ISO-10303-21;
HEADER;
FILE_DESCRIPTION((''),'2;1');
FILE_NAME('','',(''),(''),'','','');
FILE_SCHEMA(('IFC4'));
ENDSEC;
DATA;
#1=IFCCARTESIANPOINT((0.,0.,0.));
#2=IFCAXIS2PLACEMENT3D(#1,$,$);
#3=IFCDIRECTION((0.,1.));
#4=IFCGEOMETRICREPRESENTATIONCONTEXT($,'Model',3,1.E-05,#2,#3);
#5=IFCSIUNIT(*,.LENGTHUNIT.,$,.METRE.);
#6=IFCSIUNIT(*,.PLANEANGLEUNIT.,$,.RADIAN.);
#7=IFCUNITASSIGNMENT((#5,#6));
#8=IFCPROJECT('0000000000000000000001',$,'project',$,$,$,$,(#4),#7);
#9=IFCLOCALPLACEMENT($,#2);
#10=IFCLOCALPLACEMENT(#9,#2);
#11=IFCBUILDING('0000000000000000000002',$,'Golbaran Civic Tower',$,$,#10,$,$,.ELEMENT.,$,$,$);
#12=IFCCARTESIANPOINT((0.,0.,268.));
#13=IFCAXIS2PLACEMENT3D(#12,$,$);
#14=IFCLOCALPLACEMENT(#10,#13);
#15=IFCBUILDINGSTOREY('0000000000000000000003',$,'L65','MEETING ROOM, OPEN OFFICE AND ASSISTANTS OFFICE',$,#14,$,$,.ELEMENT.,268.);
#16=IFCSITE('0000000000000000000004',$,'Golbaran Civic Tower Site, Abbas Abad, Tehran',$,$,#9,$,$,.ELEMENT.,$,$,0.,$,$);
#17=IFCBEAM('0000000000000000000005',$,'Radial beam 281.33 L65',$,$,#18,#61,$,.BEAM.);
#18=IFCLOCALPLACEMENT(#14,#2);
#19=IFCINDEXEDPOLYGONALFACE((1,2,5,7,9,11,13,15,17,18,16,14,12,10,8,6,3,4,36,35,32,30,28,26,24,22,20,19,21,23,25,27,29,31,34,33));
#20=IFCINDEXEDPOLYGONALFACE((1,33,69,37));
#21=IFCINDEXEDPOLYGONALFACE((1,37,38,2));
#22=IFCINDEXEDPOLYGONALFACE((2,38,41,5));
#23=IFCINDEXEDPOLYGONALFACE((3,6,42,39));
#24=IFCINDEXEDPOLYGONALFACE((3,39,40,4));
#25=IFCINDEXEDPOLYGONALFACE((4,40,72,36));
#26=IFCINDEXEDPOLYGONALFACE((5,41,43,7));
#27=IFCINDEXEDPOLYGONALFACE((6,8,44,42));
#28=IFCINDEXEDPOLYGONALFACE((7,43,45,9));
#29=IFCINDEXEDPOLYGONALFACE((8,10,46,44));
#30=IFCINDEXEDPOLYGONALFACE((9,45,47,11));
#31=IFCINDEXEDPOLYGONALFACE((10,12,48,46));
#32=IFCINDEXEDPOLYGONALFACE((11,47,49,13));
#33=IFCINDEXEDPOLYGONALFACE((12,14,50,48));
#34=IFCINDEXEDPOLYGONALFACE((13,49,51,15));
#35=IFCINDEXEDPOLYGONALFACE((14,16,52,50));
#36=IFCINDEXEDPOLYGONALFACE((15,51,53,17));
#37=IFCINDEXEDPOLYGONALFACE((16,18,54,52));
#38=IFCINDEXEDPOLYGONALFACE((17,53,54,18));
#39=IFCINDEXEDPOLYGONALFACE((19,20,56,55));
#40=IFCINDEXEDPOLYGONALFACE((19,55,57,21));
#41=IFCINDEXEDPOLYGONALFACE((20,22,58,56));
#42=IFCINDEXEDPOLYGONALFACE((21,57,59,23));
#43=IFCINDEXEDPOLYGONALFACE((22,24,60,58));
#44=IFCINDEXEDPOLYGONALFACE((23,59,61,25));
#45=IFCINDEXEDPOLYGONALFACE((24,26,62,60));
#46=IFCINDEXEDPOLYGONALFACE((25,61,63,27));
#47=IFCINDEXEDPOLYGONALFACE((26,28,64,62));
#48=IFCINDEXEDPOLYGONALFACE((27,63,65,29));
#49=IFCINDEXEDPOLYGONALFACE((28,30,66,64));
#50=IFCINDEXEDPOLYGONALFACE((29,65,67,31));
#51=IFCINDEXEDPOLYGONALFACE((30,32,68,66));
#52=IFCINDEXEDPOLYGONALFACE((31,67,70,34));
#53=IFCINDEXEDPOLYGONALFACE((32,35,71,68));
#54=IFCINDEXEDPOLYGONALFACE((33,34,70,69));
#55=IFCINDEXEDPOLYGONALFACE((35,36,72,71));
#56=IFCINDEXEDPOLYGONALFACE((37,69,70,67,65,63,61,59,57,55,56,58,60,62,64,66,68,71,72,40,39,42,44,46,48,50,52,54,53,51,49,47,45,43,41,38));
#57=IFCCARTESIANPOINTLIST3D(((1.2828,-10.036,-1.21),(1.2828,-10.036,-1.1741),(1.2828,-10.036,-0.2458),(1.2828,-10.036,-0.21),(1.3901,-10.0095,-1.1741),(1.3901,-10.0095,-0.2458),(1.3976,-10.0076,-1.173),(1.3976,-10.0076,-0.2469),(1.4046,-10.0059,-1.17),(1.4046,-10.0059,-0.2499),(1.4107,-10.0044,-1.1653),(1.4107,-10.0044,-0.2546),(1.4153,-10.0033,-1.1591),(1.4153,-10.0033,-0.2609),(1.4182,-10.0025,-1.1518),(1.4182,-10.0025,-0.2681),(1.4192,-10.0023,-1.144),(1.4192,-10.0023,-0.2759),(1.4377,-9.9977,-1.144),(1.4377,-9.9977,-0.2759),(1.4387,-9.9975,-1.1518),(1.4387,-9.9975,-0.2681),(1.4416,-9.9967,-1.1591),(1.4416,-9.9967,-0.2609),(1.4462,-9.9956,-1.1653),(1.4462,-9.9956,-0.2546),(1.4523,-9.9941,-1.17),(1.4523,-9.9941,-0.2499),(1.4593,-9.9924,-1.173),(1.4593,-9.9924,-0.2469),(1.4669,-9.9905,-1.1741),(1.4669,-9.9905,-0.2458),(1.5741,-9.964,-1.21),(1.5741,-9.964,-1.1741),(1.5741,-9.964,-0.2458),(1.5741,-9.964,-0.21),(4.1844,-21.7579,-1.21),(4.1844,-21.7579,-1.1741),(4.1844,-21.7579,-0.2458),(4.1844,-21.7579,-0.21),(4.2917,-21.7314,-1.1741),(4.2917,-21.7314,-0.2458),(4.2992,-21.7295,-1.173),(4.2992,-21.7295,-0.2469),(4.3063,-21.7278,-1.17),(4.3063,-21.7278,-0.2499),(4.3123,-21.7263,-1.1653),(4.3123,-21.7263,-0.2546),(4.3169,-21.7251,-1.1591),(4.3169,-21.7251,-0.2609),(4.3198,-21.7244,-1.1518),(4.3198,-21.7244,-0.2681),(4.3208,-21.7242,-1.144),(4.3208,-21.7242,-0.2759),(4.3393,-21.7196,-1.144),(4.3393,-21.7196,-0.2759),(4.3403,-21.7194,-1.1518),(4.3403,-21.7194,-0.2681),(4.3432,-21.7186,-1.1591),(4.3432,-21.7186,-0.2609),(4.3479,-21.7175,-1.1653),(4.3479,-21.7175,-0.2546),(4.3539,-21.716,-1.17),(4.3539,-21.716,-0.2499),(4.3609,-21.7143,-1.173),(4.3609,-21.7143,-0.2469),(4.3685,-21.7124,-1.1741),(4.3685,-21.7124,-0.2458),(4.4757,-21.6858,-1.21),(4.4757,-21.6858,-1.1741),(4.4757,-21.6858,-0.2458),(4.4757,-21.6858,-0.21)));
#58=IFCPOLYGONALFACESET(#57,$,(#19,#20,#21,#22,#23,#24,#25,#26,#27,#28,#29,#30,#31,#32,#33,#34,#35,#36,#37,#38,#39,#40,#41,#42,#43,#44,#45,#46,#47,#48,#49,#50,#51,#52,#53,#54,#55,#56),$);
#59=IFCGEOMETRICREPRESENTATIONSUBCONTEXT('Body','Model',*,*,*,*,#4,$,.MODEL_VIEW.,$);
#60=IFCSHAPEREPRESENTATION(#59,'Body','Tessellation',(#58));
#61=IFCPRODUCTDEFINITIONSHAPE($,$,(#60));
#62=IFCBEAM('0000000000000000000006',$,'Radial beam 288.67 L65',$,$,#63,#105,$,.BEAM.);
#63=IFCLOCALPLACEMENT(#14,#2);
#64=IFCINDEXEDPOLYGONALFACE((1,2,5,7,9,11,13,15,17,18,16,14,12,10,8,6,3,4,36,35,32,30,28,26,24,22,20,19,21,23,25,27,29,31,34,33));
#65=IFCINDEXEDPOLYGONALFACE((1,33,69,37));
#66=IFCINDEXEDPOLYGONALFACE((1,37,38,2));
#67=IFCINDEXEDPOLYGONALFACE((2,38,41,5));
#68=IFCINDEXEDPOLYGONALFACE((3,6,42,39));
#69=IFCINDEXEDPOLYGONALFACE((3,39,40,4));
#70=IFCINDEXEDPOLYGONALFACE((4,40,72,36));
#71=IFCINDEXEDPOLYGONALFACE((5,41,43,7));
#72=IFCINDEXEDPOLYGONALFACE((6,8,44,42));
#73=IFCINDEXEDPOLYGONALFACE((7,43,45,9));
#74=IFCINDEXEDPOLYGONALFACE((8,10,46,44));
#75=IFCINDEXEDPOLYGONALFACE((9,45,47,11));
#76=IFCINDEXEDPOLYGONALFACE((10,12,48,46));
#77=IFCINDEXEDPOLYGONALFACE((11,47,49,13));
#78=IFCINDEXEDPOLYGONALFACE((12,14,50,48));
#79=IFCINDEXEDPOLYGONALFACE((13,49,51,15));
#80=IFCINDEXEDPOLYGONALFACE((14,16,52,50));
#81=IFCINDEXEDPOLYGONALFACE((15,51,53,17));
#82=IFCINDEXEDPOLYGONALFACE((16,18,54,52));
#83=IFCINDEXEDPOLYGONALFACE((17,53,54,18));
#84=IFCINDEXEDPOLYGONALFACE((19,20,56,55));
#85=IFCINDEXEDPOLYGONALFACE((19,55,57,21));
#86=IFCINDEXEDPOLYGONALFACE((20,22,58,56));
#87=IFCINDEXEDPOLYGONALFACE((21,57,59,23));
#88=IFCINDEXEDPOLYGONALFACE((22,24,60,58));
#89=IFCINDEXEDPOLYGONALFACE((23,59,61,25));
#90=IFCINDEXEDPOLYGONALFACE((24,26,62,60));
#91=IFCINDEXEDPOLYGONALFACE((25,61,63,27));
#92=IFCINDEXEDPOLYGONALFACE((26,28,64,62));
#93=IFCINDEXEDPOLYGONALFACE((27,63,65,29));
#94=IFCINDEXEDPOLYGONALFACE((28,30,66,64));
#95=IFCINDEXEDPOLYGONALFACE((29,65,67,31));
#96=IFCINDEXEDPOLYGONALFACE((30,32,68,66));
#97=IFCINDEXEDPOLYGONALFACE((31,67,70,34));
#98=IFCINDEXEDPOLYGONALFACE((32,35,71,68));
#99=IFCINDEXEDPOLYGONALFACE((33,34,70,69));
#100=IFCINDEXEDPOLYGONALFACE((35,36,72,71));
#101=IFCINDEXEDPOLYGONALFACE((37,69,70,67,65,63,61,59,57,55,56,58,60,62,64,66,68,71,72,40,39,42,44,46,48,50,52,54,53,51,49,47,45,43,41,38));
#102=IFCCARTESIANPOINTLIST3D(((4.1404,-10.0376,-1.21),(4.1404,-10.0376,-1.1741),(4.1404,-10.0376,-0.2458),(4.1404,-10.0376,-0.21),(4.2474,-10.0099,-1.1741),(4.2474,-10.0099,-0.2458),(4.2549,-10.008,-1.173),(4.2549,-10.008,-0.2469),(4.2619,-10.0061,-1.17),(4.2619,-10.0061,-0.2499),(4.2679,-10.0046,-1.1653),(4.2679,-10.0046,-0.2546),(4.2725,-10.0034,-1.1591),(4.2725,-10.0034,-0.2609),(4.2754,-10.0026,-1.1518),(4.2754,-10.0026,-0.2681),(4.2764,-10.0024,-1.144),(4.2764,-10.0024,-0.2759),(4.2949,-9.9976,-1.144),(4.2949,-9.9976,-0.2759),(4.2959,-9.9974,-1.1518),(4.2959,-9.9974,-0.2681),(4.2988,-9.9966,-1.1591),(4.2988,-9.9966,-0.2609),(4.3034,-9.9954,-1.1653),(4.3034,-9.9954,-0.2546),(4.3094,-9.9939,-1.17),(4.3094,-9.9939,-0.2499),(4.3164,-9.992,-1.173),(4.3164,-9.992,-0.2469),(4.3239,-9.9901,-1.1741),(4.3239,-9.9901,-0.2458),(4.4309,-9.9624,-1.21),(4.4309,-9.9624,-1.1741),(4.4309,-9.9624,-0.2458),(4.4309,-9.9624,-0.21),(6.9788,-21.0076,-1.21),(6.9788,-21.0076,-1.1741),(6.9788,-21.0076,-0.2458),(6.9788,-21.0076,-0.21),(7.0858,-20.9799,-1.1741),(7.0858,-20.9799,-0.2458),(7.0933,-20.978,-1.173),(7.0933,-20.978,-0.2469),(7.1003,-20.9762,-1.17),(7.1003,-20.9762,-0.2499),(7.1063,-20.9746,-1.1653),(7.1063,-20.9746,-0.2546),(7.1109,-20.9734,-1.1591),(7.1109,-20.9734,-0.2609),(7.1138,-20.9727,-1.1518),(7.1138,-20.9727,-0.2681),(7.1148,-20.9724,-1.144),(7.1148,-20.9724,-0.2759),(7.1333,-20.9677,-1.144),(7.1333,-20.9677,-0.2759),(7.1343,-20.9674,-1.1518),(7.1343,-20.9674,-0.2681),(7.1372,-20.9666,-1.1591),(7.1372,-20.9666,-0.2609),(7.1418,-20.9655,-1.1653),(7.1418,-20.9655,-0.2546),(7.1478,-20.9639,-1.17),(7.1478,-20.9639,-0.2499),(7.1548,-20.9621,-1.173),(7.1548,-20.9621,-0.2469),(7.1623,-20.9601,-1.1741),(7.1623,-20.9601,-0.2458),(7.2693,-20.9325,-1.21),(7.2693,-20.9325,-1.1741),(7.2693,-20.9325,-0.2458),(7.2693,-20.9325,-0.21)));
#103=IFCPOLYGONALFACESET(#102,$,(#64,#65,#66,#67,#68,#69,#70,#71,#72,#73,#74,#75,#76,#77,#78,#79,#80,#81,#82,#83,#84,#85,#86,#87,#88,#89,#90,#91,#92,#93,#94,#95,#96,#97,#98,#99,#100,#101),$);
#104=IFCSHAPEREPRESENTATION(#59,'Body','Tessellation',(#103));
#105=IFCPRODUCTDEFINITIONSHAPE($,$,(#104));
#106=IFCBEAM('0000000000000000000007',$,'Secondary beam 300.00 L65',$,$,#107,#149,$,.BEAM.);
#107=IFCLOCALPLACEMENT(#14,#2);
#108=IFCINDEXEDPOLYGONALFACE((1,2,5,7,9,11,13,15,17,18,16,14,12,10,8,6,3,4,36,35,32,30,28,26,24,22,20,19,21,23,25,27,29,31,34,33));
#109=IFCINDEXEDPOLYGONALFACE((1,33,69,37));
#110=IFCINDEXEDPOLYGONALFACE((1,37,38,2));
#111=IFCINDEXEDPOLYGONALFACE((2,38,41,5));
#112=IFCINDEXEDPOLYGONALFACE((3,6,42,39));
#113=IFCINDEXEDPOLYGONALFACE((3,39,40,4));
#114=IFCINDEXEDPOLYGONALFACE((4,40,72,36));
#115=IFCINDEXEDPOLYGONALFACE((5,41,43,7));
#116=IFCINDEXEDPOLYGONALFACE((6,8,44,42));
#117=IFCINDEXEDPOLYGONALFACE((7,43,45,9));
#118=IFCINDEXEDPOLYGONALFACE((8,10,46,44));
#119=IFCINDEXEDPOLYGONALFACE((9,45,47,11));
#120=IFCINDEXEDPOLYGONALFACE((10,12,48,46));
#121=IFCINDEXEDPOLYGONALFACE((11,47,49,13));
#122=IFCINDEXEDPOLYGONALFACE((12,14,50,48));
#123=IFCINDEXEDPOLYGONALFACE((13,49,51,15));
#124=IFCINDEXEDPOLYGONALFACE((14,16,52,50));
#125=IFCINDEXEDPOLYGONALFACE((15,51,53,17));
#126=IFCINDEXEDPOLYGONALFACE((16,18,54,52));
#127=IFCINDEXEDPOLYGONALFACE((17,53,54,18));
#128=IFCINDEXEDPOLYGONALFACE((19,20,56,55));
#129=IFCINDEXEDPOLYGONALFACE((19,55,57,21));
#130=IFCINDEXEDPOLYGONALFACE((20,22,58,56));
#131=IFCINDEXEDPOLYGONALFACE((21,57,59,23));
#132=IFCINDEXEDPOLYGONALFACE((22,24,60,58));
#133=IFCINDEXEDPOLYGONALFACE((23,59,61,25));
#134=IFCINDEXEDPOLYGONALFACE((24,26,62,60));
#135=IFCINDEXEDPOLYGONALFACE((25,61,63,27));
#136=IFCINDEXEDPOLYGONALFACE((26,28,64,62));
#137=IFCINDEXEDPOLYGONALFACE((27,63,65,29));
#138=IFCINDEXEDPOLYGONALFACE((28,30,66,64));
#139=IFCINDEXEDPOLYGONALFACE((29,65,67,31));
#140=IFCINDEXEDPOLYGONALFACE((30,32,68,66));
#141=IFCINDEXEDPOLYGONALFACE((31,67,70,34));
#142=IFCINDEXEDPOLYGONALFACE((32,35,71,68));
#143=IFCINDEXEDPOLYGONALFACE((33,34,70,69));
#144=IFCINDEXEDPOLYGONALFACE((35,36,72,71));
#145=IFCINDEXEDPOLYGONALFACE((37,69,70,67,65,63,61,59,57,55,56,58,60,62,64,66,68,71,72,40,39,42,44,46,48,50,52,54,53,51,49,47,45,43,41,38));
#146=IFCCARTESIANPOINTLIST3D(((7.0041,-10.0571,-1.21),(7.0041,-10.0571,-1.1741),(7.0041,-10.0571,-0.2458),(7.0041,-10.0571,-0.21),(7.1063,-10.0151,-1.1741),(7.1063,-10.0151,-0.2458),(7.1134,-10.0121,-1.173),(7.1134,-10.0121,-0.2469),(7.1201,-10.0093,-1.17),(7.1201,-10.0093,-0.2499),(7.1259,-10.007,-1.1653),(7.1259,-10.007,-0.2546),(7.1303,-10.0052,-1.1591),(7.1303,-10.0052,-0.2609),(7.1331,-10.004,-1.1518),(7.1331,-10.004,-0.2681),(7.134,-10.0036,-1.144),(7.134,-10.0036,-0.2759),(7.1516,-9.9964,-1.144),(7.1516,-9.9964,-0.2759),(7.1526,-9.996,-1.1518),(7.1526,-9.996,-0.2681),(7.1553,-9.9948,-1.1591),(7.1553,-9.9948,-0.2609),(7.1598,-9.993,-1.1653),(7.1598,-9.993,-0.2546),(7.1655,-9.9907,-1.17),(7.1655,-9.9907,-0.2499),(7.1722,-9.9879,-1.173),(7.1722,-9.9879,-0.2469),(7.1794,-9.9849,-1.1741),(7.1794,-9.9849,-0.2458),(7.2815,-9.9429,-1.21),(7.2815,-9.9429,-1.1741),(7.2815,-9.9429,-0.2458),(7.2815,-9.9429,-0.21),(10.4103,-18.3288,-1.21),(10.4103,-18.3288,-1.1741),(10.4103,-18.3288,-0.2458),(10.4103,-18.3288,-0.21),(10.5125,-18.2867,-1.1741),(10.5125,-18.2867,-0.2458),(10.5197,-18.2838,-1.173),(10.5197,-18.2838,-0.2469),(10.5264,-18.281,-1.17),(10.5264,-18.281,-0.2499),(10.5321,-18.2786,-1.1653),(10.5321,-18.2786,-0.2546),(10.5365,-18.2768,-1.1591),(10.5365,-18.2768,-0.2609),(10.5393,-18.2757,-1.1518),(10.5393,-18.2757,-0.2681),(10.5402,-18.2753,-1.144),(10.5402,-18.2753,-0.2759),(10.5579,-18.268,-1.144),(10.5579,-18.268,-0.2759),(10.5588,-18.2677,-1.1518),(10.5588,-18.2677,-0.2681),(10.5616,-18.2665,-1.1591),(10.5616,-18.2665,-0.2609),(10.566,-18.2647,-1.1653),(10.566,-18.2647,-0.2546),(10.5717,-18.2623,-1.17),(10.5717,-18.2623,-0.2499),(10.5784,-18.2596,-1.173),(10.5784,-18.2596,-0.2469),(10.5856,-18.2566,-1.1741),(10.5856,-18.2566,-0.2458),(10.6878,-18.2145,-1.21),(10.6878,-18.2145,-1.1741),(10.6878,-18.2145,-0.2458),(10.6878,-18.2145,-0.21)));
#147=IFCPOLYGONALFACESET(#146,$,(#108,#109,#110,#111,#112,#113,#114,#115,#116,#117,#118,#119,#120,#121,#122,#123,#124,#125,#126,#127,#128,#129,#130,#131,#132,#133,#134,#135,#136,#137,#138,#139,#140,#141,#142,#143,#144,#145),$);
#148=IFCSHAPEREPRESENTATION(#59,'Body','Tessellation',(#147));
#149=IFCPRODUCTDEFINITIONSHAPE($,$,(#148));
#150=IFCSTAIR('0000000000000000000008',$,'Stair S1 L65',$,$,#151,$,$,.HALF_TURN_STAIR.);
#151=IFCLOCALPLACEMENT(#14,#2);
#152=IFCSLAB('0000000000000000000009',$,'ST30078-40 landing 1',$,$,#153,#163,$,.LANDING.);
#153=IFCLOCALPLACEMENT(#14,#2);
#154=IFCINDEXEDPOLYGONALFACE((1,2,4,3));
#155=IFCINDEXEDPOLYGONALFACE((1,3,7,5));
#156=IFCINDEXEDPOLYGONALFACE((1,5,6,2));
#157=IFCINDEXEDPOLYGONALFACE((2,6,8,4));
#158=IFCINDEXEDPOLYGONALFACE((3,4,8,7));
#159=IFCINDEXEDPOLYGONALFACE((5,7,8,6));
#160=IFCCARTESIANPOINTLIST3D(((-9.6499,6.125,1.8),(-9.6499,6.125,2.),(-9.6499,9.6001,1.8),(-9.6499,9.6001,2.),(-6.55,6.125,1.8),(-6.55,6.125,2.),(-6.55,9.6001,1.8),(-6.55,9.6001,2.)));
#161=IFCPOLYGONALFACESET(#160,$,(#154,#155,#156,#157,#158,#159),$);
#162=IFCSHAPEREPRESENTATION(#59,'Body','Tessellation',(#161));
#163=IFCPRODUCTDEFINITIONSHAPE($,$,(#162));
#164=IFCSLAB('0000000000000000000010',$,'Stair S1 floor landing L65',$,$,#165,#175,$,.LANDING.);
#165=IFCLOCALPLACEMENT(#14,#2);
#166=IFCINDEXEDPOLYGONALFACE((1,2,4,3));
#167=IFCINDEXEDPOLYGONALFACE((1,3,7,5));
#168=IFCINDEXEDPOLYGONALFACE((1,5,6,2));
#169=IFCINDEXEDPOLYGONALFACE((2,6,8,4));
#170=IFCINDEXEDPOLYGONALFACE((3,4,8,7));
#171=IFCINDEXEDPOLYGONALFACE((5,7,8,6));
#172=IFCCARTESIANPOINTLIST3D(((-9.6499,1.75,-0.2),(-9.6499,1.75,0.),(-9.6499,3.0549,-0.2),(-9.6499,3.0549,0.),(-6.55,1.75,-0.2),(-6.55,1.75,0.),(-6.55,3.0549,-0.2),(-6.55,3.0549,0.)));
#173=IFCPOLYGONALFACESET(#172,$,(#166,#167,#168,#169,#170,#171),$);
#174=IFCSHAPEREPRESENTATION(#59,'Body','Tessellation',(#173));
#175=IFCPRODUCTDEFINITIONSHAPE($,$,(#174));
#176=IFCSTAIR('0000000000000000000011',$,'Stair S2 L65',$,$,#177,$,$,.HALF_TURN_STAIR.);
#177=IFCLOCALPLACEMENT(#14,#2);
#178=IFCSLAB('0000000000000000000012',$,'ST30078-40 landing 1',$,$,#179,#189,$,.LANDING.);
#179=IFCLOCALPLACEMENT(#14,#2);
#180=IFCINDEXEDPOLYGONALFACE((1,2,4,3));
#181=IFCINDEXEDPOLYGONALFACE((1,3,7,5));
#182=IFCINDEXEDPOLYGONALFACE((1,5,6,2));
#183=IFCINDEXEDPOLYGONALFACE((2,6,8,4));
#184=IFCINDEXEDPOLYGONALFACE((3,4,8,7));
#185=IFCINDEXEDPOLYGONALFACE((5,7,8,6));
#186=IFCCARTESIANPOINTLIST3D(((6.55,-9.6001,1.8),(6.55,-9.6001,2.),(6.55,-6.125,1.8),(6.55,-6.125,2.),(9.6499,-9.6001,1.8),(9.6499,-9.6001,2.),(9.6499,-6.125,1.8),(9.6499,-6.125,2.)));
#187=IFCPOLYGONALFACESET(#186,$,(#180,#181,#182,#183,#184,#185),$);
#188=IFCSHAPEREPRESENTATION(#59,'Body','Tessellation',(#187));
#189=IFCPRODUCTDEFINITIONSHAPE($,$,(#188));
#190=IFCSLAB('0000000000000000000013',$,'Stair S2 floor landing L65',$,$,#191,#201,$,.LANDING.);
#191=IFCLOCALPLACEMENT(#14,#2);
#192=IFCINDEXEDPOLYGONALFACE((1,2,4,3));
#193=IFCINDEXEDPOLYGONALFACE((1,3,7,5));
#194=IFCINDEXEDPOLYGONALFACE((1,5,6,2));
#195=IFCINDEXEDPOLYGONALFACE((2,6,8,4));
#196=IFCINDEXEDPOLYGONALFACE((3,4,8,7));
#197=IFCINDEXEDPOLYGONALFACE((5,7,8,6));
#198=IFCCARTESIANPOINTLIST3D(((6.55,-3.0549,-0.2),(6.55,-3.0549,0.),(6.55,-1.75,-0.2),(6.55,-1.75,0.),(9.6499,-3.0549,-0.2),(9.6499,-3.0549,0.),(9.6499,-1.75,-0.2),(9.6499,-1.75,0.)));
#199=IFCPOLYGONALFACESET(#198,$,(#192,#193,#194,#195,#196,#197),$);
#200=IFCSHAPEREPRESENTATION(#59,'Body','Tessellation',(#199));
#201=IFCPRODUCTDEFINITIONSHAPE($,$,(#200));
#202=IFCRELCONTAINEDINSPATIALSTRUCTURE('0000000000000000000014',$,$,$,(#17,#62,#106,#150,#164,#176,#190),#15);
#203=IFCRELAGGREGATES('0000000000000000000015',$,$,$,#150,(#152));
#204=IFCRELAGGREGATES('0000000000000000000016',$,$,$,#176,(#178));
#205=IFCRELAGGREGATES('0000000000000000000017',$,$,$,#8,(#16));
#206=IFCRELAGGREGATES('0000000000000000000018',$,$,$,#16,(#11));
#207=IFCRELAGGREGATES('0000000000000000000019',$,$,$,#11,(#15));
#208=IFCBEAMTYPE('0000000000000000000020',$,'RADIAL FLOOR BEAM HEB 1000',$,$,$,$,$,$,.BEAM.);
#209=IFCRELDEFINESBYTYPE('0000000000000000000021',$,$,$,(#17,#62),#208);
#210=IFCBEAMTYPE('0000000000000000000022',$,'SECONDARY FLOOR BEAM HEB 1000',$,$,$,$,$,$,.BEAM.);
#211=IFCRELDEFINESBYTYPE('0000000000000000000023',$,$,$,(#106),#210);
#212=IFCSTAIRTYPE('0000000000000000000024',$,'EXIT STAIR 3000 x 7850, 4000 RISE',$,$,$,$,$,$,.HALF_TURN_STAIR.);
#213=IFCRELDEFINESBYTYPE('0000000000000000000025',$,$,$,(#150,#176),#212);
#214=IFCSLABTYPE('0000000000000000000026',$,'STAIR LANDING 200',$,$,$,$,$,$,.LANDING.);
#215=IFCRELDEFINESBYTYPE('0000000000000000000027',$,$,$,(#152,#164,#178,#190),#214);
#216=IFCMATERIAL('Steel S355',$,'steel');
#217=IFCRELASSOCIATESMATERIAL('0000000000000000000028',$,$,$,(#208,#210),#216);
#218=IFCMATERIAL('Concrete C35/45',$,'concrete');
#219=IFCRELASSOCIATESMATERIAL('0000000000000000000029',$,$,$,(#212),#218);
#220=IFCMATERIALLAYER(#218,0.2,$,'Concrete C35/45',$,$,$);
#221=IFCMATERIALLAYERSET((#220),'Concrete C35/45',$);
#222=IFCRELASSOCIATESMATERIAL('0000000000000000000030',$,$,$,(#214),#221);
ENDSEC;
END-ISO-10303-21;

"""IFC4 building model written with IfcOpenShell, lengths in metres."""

from ifc_helpers import new_model, si_unit, direction, frame, origin, origin_2d, place, context, subcontext, project, spatial, polyline, i_section, outline, extrude, material, layer, layer_set, material_profile, profile_set, type_object, element, aggregate, save


model = new_model("IFC4")

# Units and contexts
model_context = context("Model", 3, precision=1e-05, world=origin(), true_north=direction((0.0, 1.0)))
body_context = subcontext(model_context, "Body", "Model", "MODEL_VIEW")
ifc_project = project(units=[si_unit("LENGTHUNIT", "METRE"), si_unit("PLANEANGLEUNIT", "RADIAN")], contexts=[model_context])

# Site, building, storey
site_placement = place(None, origin())
site = spatial("IfcSite", under=ifc_project, at=site_placement, Name="Golbaran Civic Tower Site, Abbas Abad, Tehran", CompositionType="ELEMENT", RefElevation=0.0)
building_placement = place(site_placement, origin())
building = spatial("IfcBuilding", under=site, at=building_placement, Name="Golbaran Civic Tower", CompositionType="ELEMENT")
storey_placement = place(building_placement, frame((0.0, 0.0, 268.0)))
storey = spatial("IfcBuildingStorey", under=building, at=storey_placement, Name="L65", Description="MEETING ROOM, OPEN OFFICE AND ASSISTANTS OFFICE", CompositionType="ELEMENT", Elevation=268.0)

# Beams
ifc_material_1 = material(Name="Steel S355", Category="steel")
ifc_material_profile_1 = material_profile(ifc_material_1, i_section(OverallWidth=0.3, OverallDepth=1.0, WebThickness=0.019, FlangeThickness=0.0359, FilletRadius=0.03, at=origin_2d()), Name="HEB 1000")
ifc_profile_set_1 = profile_set([ifc_material_profile_1], Name="Steel S355")
beam_type_1 = type_object("IfcBeamType", Name="RADIAL FLOOR BEAM HEB 1000", PredefinedType="BEAM", material=ifc_profile_set_1)
beam_1_placement = place(storey_placement, frame((1.4285, -10.0, -0.71), z_axis=(0.240285, -0.970702, 0.0), x_axis=(0.970702, 0.240285, 0.0)))
element("IfcBeam", 1, at=beam_1_placement, inside=storey, type_object=beam_type_1, Name="Radial beam 281.33 L65", PredefinedType="BEAM", context=body_context, shape_type="SweptSolid", body=[
    extrude(i_section(OverallWidth=0.3, OverallDepth=1.0, WebThickness=0.019, FlangeThickness=0.0359, FilletRadius=0.03, at=origin_2d()), origin(), (0.0, 0.0, 1.0), 12.0757),
])
beam_2_placement = place(storey_placement, frame((4.2856, -10.0, -0.71), z_axis=(0.250492, -0.968119, 0.0), x_axis=(0.968119, 0.250492, 0.0)))
element("IfcBeam", 2, at=beam_2_placement, inside=storey, type_object=beam_type_1, Name="Radial beam 288.67 L65", PredefinedType="BEAM", context=body_context, shape_type="SweptSolid", body=[
    extrude(i_section(OverallWidth=0.3, OverallDepth=1.0, WebThickness=0.019, FlangeThickness=0.0359, FilletRadius=0.03, at=origin_2d()), origin(), (0.0, 0.0, 1.0), 11.3313),
])
ifc_material_profile_2 = material_profile(ifc_material_1, i_section(OverallWidth=0.3, OverallDepth=1.0, WebThickness=0.019, FlangeThickness=0.0359, FilletRadius=0.03, at=origin_2d()), Name="HEB 1000")
ifc_profile_set_2 = profile_set([ifc_material_profile_2], Name="Steel S355")
beam_type_2 = type_object("IfcBeamType", Name="SECONDARY FLOOR BEAM HEB 1000", PredefinedType="BEAM", material=ifc_profile_set_2)
beam_3_placement = place(storey_placement, frame((7.1428, -10.0, -0.71), z_axis=(0.380773, -0.924668, 0.0), x_axis=(0.924668, 0.380773, 0.0)))
element("IfcBeam", 3, at=beam_3_placement, inside=storey, type_object=beam_type_2, Name="Secondary beam 300.00 L65", PredefinedType="BEAM", context=body_context, shape_type="SweptSolid", body=[
    extrude(i_section(OverallWidth=0.3, OverallDepth=1.0, WebThickness=0.019, FlangeThickness=0.0359, FilletRadius=0.03, at=origin_2d()), origin(), (0.0, 0.0, 1.0), 8.9456),
])

# Stair, slab
ifc_material_2 = material(Name="Concrete C35/45", Category="concrete")
stair_type = type_object("IfcStairType", Name="EXIT STAIR 3000 x 7850, 4000 RISE", PredefinedType="HALF_TURN_STAIR", material=ifc_material_2)
stair_1_placement = place(storey_placement, origin())
stair_1 = element("IfcStair", 4, at=stair_1_placement, inside=storey, type_object=stair_type, Name="Stair S1 L65", PredefinedType="HALF_TURN_STAIR")
ifc_layer_1 = layer(ifc_material_2, 0.2, Name="Concrete C35/45")
ifc_layer_set_1 = layer_set([ifc_layer_1], Name="Concrete C35/45")
slab_type = type_object("IfcSlabType", Name="STAIR LANDING 200", PredefinedType="LANDING", material=ifc_layer_set_1)
slab_1_placement = place(storey_placement, frame((0.0, 0.0, 1.8)))
slab_1 = element("IfcSlab", 5, at=slab_1_placement, type_object=slab_type, Name="ST30078-40 landing 1", PredefinedType="LANDING", context=body_context, shape_type="SweptSolid", body=[
    extrude(outline(polyline([(-9.6499, 6.125), (-9.6499, 9.6001), (-6.55, 9.6001), (-6.55, 6.125), (-9.6499, 6.125)])), origin(), (0.0, 0.0, 1.0), 0.2),
])
aggregate(stair_1, [slab_1])

# Slab
slab_2_placement = place(storey_placement, frame((0.0, 0.0, -0.2)))
element("IfcSlab", 6, at=slab_2_placement, inside=storey, type_object=slab_type, Name="Stair S1 floor landing L65", PredefinedType="LANDING", context=body_context, shape_type="SweptSolid", body=[
    extrude(outline(polyline([(-9.6499, 1.75), (-9.6499, 3.0549), (-6.55, 3.0549), (-6.55, 1.75), (-9.6499, 1.75)])), origin(), (0.0, 0.0, 1.0), 0.2),
])

# Stair, slab
stair_2_placement = place(storey_placement, origin())
stair_2 = element("IfcStair", 7, at=stair_2_placement, inside=storey, type_object=stair_type, Name="Stair S2 L65", PredefinedType="HALF_TURN_STAIR")
slab_3_placement = place(storey_placement, frame((0.0, 0.0, 1.8)))
slab_3 = element("IfcSlab", 8, at=slab_3_placement, type_object=slab_type, Name="ST30078-40 landing 1", PredefinedType="LANDING", context=body_context, shape_type="SweptSolid", body=[
    extrude(outline(polyline([(9.6499, -6.125), (9.6499, -9.6001), (6.55, -9.6001), (6.55, -6.125), (9.6499, -6.125)])), origin(), (0.0, 0.0, 1.0), 0.2),
])

# Slab
slab_4_placement = place(storey_placement, frame((0.0, 0.0, -0.2)))
element("IfcSlab", 9, at=slab_4_placement, inside=storey, type_object=slab_type, Name="Stair S2 floor landing L65", PredefinedType="LANDING", context=body_context, shape_type="SweptSolid", body=[
    extrude(outline(polyline([(9.6499, -1.75), (9.6499, -3.0549), (6.55, -3.0549), (6.55, -1.75), (9.6499, -1.75)])), origin(), (0.0, 0.0, 1.0), 0.2),
])

aggregate(stair_2, [slab_3])

save(model, "model.ifc")
